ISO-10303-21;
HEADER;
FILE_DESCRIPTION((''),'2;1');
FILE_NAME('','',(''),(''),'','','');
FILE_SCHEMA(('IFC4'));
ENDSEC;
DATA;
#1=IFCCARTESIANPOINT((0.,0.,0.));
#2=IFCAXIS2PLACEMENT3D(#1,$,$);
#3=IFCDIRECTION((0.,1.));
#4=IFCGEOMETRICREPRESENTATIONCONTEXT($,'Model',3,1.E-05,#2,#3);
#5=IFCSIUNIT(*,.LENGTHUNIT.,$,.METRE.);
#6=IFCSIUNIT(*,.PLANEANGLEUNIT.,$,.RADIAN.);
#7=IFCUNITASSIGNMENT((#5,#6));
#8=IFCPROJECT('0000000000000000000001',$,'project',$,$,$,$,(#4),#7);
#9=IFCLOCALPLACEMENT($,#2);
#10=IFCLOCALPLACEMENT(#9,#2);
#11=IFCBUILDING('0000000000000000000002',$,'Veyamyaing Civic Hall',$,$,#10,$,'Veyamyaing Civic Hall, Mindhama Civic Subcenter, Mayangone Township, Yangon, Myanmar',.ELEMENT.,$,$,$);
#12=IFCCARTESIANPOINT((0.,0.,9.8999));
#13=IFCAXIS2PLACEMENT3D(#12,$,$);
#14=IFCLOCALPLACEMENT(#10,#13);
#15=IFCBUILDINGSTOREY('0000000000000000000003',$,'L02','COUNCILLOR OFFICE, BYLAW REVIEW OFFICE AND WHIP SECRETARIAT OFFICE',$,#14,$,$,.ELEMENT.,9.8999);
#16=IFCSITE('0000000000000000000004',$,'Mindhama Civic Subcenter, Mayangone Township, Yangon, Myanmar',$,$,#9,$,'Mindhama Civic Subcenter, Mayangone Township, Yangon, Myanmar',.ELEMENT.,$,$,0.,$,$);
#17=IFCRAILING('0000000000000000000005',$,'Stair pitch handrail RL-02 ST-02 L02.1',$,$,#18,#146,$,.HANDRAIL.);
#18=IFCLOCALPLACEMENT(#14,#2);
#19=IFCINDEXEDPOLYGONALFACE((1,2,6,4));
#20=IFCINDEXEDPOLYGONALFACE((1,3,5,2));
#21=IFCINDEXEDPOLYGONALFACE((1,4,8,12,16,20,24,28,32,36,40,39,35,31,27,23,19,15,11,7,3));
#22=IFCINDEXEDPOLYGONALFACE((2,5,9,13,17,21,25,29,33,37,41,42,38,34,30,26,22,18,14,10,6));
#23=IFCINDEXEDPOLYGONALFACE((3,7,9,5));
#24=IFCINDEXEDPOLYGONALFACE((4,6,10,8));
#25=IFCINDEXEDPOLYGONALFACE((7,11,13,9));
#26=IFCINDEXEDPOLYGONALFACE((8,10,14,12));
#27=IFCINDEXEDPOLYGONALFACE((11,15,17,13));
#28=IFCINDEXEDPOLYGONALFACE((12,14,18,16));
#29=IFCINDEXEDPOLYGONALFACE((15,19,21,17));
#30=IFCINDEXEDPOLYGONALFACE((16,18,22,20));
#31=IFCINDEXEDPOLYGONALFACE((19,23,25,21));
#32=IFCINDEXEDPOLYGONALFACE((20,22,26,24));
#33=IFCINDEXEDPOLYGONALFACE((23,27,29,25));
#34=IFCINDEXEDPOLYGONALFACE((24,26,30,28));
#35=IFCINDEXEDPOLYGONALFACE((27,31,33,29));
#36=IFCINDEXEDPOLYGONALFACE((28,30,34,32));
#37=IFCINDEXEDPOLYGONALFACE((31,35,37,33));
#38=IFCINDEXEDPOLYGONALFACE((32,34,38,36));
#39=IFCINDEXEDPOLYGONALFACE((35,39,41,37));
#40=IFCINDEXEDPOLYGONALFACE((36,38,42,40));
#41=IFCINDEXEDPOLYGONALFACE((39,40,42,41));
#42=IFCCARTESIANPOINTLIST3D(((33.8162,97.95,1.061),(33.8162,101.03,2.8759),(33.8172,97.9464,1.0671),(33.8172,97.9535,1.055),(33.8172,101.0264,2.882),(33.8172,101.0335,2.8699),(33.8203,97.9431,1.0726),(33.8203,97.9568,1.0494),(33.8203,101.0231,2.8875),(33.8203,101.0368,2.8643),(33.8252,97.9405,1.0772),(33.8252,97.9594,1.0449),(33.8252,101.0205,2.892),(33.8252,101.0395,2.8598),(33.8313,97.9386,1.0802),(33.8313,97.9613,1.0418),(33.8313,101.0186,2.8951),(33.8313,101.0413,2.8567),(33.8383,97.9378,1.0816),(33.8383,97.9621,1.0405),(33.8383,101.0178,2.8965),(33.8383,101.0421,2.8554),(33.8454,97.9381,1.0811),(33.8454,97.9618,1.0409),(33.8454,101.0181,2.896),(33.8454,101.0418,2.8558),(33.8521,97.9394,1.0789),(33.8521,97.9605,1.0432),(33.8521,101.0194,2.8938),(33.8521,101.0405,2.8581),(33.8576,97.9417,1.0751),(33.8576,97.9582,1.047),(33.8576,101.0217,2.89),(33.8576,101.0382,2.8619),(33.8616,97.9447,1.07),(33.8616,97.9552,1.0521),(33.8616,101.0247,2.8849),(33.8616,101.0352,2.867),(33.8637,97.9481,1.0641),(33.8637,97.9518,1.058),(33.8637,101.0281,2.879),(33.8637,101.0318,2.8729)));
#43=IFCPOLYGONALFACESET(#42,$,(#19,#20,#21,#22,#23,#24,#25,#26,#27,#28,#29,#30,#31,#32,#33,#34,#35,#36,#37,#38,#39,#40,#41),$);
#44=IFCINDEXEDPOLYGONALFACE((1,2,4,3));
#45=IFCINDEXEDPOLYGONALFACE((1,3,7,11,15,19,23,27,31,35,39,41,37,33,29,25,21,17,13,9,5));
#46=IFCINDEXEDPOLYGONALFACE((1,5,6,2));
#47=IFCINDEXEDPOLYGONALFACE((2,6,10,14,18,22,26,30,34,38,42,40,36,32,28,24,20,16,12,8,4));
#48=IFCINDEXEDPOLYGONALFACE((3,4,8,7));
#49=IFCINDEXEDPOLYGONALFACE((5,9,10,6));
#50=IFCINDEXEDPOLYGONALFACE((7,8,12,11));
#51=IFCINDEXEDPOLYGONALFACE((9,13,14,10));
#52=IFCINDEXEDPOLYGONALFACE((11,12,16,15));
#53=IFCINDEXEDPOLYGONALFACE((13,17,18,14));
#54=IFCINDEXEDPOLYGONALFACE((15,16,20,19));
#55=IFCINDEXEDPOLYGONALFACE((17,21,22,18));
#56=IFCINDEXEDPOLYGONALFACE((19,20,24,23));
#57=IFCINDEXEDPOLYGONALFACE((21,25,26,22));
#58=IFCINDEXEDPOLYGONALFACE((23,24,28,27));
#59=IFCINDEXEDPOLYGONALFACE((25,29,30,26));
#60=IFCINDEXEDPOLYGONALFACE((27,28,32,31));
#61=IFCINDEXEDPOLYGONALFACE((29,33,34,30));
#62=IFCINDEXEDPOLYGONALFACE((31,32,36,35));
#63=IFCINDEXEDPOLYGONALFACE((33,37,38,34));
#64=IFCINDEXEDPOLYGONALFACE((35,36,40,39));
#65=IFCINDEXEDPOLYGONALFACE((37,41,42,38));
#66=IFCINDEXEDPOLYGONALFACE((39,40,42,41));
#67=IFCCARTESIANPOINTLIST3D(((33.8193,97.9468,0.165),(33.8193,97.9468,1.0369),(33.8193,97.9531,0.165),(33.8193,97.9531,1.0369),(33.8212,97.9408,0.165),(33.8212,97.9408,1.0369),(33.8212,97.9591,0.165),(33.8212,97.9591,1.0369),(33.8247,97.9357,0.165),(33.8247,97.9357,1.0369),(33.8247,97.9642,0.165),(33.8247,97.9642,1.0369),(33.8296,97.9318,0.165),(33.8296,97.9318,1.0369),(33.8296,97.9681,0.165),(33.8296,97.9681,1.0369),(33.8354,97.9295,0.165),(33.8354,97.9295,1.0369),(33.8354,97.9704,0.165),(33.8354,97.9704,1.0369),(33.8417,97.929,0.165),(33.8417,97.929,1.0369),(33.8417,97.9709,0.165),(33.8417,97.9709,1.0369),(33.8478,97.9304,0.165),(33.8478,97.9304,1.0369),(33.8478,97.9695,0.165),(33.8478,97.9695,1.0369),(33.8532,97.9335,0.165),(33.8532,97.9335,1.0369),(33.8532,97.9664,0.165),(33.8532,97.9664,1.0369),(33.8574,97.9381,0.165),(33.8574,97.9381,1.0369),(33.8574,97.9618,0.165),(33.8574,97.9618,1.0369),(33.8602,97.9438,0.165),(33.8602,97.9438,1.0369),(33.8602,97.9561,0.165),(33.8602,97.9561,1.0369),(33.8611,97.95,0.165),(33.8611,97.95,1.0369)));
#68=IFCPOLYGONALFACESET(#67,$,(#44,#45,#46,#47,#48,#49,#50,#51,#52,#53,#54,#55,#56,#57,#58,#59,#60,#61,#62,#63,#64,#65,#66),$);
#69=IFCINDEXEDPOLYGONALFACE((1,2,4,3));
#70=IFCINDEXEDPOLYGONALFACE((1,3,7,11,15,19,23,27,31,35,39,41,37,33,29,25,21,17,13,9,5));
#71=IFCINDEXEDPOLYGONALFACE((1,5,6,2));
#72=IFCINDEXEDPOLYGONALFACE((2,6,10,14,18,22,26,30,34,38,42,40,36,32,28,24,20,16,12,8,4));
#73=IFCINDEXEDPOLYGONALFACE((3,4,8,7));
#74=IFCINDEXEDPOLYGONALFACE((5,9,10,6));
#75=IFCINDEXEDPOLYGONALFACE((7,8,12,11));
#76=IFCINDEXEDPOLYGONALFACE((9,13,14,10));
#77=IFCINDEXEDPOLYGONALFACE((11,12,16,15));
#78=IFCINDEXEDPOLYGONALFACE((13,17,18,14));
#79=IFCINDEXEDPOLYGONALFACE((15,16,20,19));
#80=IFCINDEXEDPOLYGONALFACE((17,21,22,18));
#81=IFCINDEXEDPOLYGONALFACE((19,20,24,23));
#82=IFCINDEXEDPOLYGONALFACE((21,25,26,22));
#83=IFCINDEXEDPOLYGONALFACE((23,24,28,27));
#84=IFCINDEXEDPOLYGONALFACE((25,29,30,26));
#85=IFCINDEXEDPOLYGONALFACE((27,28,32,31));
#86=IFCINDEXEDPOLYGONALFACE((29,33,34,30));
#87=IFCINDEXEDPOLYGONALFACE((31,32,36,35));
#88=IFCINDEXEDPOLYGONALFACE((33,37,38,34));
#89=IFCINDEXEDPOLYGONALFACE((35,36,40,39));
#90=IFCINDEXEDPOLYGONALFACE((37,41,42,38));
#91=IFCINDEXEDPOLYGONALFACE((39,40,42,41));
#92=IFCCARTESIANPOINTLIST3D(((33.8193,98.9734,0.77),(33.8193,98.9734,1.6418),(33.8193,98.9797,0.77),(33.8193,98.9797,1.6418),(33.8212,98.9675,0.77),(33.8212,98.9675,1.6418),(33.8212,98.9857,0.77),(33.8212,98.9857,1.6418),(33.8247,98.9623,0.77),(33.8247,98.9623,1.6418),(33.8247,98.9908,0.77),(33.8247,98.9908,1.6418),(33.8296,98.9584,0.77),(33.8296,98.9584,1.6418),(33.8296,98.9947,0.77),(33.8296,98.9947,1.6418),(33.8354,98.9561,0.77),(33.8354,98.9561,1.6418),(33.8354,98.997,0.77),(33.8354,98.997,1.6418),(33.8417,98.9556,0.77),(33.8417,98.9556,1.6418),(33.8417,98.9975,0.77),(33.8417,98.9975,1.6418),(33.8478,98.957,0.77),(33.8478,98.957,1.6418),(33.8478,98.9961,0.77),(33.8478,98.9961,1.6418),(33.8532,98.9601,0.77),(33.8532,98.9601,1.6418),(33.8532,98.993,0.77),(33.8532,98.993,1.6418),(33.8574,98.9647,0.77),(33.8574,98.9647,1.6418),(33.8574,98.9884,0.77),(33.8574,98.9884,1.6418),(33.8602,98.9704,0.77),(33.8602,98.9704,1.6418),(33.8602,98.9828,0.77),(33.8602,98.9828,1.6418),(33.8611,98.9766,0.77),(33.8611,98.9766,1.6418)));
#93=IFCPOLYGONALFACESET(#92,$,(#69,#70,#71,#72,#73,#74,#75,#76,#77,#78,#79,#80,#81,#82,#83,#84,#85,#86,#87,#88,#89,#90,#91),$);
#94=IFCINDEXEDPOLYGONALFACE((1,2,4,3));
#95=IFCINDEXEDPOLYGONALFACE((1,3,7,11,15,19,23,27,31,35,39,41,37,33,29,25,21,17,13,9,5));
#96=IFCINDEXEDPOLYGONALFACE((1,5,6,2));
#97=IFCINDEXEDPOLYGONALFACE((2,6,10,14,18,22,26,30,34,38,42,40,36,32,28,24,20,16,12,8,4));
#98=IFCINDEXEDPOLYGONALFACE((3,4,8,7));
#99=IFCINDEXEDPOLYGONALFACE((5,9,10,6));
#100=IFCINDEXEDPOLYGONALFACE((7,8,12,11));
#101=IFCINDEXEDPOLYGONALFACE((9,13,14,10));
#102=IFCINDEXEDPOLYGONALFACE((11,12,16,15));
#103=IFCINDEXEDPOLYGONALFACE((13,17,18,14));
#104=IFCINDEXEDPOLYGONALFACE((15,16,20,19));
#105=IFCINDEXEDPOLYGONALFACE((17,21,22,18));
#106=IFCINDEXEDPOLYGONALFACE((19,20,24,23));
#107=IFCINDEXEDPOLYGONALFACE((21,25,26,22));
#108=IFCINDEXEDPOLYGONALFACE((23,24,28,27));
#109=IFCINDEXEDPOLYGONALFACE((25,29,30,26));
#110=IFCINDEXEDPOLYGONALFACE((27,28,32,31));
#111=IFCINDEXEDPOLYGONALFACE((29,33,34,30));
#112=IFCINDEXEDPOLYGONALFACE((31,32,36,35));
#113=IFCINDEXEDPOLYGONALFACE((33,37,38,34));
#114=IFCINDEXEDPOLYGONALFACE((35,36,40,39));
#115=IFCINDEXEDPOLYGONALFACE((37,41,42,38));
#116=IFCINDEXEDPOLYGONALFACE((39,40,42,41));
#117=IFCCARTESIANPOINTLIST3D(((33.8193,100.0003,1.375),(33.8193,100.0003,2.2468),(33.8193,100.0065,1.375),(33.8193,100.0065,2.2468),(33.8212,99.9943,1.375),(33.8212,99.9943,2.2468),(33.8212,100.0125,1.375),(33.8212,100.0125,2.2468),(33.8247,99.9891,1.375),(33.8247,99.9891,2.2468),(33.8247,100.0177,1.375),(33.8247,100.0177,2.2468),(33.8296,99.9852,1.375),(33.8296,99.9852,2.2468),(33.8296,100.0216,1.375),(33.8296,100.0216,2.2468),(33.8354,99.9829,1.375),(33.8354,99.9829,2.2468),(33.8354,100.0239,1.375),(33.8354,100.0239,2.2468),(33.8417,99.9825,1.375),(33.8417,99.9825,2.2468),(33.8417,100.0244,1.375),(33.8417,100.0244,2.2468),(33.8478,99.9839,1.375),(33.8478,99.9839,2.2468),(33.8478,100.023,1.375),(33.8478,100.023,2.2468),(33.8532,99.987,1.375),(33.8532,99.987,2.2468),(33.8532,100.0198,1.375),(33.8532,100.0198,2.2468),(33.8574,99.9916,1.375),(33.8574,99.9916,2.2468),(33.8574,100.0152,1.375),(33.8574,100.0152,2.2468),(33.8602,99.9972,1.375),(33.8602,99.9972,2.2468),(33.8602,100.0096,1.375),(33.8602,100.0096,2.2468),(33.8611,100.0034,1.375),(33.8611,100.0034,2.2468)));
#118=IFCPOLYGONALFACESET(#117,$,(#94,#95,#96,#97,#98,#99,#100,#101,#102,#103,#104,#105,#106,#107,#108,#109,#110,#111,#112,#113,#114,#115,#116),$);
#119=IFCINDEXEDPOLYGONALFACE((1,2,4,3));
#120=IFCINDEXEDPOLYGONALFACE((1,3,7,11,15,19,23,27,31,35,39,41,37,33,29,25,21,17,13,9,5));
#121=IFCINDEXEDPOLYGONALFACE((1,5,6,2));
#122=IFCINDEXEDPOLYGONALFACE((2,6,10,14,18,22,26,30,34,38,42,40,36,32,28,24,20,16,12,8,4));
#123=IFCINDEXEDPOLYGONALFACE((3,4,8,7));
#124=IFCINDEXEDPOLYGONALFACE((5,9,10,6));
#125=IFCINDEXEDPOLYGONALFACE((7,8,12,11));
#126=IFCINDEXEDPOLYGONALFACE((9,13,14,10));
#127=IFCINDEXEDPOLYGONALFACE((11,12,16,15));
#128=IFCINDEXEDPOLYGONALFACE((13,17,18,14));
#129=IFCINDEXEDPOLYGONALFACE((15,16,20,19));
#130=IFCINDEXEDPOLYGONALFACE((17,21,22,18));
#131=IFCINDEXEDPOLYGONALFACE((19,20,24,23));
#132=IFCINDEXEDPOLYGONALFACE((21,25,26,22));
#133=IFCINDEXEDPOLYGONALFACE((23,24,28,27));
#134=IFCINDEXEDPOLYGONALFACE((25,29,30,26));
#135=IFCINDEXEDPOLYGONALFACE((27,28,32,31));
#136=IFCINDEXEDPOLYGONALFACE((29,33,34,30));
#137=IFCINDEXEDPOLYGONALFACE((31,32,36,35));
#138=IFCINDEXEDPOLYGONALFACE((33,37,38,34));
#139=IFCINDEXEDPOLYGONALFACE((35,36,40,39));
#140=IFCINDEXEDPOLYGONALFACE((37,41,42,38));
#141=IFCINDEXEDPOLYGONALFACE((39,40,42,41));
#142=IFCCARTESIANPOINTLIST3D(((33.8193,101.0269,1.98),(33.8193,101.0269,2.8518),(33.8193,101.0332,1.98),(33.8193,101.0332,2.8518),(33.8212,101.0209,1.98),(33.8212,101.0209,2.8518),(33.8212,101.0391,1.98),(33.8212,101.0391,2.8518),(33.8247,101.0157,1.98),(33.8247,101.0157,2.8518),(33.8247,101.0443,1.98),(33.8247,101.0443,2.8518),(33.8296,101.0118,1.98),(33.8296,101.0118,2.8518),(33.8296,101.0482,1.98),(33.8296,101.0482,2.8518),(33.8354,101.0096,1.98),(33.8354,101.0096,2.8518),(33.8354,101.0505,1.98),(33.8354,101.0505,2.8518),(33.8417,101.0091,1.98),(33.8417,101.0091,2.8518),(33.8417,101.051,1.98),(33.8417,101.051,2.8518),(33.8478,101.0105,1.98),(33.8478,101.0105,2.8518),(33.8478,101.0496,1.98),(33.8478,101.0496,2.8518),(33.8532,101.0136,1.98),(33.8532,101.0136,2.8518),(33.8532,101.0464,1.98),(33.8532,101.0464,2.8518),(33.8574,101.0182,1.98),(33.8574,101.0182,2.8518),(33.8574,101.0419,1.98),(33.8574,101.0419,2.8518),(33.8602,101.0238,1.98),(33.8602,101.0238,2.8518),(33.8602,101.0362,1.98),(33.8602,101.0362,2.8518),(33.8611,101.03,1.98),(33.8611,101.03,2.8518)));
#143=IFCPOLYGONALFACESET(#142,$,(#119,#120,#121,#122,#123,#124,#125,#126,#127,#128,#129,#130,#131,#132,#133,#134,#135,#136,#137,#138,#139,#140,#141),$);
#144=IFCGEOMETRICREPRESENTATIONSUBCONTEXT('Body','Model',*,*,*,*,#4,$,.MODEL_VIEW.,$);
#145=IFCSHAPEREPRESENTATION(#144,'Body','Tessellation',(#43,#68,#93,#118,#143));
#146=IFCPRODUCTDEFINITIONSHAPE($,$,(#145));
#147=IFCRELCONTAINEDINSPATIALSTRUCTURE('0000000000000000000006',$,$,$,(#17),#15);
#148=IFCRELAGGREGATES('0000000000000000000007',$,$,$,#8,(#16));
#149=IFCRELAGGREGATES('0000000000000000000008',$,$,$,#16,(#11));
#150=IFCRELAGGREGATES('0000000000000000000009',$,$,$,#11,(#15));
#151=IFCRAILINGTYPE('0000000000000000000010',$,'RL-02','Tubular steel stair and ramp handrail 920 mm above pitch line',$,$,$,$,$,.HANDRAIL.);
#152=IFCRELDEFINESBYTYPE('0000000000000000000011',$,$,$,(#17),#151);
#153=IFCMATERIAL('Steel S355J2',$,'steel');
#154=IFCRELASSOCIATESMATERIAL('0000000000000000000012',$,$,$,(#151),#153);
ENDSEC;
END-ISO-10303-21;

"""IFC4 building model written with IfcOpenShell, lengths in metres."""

from ifc_helpers import new_model, si_unit, direction, frame, origin, origin_2d, place, context, subcontext, project, spatial, circle, extrude, material, type_object, element, save


model = new_model("IFC4")

# Units and contexts
model_context = context("Model", 3, precision=1e-05, world=origin(), true_north=direction((0.0, 1.0)))
body_context = subcontext(model_context, "Body", "Model", "MODEL_VIEW")
ifc_project = project(units=[si_unit("LENGTHUNIT", "METRE"), si_unit("PLANEANGLEUNIT", "RADIAN")], contexts=[model_context])

# Site, building, storey
site_placement = place(None, origin())
site = spatial("IfcSite", under=ifc_project, at=site_placement, Name="Mindhama Civic Subcenter, Mayangone Township, Yangon, Myanmar", LongName="Mindhama Civic Subcenter, Mayangone Township, Yangon, Myanmar", CompositionType="ELEMENT", RefElevation=0.0)
building_placement = place(site_placement, origin())
building = spatial("IfcBuilding", under=site, at=building_placement, Name="Veyamyaing Civic Hall", LongName="Veyamyaing Civic Hall, Mindhama Civic Subcenter, Mayangone Township, Yangon, Myanmar", CompositionType="ELEMENT")
storey_placement = place(building_placement, frame((0.0, 0.0, 9.8999)))
storey = spatial("IfcBuildingStorey", under=building, at=storey_placement, Name="L02", Description="COUNCILLOR OFFICE, BYLAW REVIEW OFFICE AND WHIP SECRETARIAT OFFICE", CompositionType="ELEMENT", Elevation=9.8999)

# Railing
ifc_material_1 = material(Name="Steel S355J2", Category="steel")
railing_type_1 = type_object("IfcRailingType", Name="RL-02", Description="Tubular steel stair and ramp handrail 920 mm above pitch line", PredefinedType="HANDRAIL", material=ifc_material_1)
railing_1_placement = place(storey_placement, frame((33.8401, 97.95, 0.165)))
element("IfcRailing", 1, at=railing_1_placement, inside=storey, type_object=railing_type_1, Name="Stair pitch handrail RL-02 ST-02 L02.1", PredefinedType="HANDRAIL", context=body_context, shape_type="SweptSolid", body=[
    extrude(circle(Radius=0.0239, at=origin_2d()), frame((0.0, 0.0, 0.896), z_axis=(0.0, 0.861551, 0.507671), x_axis=(-1.0, 0.0, 0.0)), (0.0, 0.0, 1.0), 3.575),
    extrude(circle(Radius=0.021, at=origin_2d()), origin(), (0.0, 0.0, 1.0), 0.8718),
    extrude(circle(Radius=0.021, at=origin_2d()), frame((0.0, 1.0266, 0.605)), (0.0, 0.0, 1.0), 0.8718),
    extrude(circle(Radius=0.021, at=origin_2d()), frame((0.0, 2.0535, 1.21)), (0.0, 0.0, 1.0), 0.8718),
    extrude(circle(Radius=0.021, at=origin_2d()), frame((0.0, 3.0801, 1.8149)), (0.0, 0.0, 1.0), 0.8718),
])

save(model, "model.ifc")
